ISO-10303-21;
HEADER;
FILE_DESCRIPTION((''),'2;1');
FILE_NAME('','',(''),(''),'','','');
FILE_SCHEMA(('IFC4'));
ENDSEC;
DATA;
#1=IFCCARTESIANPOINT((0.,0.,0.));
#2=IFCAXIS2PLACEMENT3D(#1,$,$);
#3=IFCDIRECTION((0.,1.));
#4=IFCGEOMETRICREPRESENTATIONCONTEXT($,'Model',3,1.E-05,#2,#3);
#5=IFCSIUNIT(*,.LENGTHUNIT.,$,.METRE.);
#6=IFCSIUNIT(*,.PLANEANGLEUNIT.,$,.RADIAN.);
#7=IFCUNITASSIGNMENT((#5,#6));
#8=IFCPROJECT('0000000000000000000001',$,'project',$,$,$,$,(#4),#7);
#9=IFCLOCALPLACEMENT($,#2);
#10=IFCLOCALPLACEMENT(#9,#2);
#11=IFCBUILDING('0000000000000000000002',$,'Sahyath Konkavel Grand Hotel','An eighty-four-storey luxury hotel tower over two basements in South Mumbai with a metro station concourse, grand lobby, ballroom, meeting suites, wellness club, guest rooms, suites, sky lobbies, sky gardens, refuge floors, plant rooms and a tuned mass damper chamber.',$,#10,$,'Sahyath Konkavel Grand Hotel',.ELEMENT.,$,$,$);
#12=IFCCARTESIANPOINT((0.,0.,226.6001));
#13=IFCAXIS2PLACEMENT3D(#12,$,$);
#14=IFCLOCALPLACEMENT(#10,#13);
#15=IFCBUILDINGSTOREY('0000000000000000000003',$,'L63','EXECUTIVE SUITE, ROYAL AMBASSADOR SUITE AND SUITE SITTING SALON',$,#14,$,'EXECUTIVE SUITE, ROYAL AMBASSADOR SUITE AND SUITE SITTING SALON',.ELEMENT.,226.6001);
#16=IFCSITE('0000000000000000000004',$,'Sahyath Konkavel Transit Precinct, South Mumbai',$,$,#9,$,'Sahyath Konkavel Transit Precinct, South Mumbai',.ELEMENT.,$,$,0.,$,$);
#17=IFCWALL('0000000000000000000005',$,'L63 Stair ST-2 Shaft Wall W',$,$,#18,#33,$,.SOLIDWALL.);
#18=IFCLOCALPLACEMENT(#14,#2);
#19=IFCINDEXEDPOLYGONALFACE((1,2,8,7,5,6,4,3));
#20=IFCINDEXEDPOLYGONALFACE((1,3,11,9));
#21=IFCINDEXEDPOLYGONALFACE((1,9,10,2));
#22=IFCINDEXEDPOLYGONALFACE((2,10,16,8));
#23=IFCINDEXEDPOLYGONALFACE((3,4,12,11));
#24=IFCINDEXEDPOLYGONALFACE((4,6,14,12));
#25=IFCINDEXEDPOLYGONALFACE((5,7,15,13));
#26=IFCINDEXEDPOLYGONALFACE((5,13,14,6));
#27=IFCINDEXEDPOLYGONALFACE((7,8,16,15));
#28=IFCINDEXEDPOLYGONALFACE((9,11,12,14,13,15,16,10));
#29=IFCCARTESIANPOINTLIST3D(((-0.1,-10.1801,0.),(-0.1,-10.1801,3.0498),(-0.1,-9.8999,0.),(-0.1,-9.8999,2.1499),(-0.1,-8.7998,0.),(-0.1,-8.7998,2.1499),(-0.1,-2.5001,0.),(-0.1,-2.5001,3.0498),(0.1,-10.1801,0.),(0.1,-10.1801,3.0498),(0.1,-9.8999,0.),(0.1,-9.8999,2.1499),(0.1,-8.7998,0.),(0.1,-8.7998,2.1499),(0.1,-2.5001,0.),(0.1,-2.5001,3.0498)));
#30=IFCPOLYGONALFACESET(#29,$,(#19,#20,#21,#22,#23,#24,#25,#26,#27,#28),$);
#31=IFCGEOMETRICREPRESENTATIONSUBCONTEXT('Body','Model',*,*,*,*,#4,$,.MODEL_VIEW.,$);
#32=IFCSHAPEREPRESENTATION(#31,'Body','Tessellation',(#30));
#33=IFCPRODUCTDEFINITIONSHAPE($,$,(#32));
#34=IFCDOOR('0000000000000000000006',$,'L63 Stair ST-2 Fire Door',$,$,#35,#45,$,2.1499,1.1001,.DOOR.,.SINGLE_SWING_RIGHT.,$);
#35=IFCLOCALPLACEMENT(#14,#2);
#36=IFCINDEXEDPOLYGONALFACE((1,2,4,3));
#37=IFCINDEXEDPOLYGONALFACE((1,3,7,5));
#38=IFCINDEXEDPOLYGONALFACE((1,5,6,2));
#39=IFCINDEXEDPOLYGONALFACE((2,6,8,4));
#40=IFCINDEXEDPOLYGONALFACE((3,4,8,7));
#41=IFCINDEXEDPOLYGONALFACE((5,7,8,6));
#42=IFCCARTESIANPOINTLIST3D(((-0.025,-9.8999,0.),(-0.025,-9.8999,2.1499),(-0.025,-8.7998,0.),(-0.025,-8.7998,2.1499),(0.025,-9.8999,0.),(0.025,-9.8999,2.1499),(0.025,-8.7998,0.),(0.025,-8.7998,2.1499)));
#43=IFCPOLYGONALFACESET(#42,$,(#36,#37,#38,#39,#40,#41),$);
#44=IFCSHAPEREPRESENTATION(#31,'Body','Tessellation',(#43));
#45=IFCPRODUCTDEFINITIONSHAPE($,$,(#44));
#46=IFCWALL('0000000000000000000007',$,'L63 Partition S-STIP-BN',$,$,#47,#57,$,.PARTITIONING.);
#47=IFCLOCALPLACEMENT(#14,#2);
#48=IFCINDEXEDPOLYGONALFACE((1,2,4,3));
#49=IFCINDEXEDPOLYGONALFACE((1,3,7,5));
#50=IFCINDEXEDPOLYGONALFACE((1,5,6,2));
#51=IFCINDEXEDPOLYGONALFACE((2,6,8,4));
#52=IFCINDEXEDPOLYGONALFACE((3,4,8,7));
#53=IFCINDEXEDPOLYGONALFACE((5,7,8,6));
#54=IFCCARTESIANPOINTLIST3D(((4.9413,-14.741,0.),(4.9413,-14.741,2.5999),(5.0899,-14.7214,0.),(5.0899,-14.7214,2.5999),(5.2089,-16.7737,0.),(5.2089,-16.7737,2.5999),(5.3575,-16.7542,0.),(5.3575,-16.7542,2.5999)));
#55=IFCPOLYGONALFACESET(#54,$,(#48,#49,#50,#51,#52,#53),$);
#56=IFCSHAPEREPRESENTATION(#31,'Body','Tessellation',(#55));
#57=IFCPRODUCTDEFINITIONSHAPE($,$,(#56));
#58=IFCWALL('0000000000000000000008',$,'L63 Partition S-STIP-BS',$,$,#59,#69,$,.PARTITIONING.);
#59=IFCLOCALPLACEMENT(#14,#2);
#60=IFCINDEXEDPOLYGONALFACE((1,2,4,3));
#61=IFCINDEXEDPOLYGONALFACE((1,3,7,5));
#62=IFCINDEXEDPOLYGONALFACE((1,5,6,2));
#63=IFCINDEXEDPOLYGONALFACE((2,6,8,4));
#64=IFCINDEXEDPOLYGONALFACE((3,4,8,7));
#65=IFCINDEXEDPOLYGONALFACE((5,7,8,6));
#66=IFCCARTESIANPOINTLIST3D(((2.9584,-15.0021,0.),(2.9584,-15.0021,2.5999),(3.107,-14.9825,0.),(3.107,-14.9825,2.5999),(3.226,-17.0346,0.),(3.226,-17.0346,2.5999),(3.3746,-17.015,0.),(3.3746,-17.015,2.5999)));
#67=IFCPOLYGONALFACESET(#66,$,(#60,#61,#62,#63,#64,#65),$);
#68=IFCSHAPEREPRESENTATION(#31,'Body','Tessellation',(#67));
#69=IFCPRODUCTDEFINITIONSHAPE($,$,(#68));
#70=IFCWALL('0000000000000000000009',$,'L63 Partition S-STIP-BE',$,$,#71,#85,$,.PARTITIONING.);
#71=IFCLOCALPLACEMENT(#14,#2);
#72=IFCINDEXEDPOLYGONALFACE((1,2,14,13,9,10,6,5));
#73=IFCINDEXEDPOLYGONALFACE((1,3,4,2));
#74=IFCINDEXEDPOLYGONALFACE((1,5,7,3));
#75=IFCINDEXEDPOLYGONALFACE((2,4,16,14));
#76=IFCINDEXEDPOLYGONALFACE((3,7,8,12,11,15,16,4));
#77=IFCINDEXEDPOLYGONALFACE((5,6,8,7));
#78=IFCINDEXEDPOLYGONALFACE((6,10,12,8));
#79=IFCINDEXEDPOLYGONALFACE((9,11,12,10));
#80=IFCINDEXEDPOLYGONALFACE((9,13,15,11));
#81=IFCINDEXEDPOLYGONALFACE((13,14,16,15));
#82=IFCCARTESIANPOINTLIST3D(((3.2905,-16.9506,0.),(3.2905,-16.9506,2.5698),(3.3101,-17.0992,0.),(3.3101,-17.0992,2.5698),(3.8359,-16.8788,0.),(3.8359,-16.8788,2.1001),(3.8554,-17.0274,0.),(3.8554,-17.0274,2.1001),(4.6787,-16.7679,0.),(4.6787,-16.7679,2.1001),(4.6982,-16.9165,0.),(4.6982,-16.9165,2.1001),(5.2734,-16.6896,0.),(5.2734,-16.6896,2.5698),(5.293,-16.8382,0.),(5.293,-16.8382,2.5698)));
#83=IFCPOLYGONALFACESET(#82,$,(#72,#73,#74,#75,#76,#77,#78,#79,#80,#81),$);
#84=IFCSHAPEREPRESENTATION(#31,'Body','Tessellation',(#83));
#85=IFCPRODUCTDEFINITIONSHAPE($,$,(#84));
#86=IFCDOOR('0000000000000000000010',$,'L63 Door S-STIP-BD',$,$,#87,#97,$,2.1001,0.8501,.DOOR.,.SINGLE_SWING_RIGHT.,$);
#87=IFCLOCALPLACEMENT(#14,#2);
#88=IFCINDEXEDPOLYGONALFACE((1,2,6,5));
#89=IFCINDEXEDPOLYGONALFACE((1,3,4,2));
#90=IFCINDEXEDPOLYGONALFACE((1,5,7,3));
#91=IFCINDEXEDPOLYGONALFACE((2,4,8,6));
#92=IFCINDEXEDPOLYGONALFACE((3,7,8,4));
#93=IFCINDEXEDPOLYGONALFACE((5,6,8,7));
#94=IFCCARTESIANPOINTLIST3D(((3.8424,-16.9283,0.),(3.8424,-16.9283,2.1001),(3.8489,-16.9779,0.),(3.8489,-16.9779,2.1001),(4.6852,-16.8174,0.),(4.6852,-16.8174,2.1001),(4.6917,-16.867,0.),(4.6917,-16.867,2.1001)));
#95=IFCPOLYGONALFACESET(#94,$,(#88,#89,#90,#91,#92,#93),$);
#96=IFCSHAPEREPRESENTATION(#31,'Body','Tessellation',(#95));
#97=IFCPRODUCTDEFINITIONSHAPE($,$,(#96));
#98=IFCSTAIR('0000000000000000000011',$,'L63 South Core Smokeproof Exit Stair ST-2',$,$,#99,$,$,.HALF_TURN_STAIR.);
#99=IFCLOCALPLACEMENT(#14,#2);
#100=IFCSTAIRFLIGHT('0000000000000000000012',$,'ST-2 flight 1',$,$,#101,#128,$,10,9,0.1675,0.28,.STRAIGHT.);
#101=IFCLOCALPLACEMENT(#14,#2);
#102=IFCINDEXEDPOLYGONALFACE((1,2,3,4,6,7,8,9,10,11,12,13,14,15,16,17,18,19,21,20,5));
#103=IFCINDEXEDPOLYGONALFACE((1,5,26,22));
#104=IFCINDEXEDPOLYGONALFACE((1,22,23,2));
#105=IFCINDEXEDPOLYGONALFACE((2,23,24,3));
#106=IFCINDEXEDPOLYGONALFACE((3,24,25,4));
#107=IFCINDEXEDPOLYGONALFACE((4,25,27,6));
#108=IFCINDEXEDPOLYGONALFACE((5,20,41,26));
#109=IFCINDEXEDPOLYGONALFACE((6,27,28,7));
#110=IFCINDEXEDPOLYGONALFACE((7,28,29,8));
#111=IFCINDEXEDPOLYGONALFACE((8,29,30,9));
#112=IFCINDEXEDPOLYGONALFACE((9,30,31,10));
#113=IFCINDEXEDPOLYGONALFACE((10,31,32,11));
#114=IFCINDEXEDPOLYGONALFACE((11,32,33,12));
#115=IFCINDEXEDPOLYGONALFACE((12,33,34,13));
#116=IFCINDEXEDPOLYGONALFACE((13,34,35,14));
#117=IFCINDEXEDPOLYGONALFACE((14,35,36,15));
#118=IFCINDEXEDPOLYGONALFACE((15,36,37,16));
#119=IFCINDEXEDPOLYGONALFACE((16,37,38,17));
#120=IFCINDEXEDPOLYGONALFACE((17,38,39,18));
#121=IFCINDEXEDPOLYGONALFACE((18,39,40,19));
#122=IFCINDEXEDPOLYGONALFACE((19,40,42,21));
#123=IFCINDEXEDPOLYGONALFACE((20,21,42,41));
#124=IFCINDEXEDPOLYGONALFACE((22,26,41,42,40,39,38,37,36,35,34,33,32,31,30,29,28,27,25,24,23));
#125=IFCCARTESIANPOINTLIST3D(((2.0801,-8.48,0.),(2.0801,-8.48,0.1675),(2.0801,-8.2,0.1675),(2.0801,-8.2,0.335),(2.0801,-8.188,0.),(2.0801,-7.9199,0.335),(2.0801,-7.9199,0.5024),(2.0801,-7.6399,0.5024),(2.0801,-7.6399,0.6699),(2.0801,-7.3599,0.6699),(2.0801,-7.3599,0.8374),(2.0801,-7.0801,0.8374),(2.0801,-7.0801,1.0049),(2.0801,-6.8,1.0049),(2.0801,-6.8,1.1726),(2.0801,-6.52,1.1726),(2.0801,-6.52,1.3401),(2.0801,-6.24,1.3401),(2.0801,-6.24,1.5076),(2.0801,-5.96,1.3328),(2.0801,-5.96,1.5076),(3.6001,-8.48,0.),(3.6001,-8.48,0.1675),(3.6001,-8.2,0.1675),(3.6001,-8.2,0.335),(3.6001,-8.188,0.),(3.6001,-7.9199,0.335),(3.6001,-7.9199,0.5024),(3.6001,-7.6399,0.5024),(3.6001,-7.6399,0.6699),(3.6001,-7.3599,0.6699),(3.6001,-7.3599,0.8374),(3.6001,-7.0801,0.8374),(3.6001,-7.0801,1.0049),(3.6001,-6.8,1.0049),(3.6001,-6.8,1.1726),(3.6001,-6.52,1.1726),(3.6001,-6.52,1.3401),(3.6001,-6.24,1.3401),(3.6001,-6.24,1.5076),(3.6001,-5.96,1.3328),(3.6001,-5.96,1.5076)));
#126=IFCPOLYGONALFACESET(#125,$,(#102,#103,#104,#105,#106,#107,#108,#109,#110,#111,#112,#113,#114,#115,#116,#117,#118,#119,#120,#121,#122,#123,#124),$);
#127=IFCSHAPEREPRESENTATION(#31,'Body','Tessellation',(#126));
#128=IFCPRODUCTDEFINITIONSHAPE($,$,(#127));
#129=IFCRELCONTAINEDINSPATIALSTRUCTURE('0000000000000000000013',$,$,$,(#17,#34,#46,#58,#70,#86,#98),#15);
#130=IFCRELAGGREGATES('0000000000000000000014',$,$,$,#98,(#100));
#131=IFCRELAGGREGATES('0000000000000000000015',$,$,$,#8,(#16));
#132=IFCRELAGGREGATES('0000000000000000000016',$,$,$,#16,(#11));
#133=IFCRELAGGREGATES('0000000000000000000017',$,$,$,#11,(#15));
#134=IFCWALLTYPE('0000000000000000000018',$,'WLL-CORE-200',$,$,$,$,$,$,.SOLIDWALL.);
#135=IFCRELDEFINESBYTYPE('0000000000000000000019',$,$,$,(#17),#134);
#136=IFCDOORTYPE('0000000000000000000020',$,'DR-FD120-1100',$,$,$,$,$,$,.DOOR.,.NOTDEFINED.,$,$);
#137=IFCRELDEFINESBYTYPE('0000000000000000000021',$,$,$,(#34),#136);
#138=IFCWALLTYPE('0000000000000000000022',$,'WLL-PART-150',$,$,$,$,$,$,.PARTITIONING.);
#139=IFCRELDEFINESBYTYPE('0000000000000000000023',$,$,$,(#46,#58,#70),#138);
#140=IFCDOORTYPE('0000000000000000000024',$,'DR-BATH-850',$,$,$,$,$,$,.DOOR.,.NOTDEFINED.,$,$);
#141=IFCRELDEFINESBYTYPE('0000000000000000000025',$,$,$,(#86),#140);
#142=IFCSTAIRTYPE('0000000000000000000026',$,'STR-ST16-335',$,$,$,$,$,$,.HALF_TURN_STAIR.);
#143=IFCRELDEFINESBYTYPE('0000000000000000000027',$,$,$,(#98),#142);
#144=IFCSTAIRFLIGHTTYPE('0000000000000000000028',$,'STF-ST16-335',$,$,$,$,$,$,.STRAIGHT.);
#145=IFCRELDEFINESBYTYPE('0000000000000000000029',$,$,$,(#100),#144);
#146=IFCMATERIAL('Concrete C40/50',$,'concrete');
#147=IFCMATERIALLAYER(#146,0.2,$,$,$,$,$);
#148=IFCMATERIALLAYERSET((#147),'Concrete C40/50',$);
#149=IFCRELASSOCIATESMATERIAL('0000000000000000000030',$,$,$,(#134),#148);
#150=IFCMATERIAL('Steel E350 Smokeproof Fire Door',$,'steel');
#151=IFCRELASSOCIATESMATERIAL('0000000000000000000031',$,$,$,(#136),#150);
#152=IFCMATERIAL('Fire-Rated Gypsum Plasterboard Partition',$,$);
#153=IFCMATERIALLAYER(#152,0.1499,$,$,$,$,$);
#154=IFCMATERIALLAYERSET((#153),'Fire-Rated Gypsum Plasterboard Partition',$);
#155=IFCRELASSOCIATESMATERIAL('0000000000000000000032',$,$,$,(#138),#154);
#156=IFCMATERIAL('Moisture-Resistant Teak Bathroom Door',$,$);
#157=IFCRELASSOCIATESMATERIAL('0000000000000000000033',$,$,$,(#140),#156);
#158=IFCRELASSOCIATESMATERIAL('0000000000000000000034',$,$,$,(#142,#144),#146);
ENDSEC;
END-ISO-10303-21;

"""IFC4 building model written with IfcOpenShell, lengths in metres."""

from ifc_helpers import new_model, si_unit, direction, frame, frame_2d, origin, origin_2d, place, context, subcontext, project, spatial, polyline, rectangle, outline, extrude, source, transform, mapped, material, layer, layer_set, type_object, element, fill, aggregate, save


model = new_model("IFC4")

# Units and contexts
model_context = context("Model", 3, precision=1e-05, world=origin(), true_north=direction((0.0, 1.0)))
body_context = subcontext(model_context, "Body", "Model", "MODEL_VIEW")
ifc_project = project(units=[si_unit("LENGTHUNIT", "METRE"), si_unit("PLANEANGLEUNIT", "RADIAN")], contexts=[model_context])

# Site, building, storey
site_placement = place(None, origin())
site = spatial("IfcSite", under=ifc_project, at=site_placement, Name="Sahyath Konkavel Transit Precinct, South Mumbai", LongName="Sahyath Konkavel Transit Precinct, South Mumbai", CompositionType="ELEMENT", RefElevation=0.0)
building_placement = place(site_placement, origin())
building = spatial("IfcBuilding", under=site, at=building_placement, Name="Sahyath Konkavel Grand Hotel", Description="An eighty-four-storey luxury hotel tower over two basements in South Mumbai with a metro station concourse, grand lobby, ballroom, meeting suites, wellness club, guest rooms, suites, sky lobbies, sky gardens, refuge floors, plant rooms and a tuned mass damper chamber.", LongName="Sahyath Konkavel Grand Hotel", CompositionType="ELEMENT")
storey_placement = place(building_placement, frame((0.0, 0.0, 226.6001)))
storey = spatial("IfcBuildingStorey", under=building, at=storey_placement, Name="L63", Description="EXECUTIVE SUITE, ROYAL AMBASSADOR SUITE AND SUITE SITTING SALON", LongName="EXECUTIVE SUITE, ROYAL AMBASSADOR SUITE AND SUITE SITTING SALON", CompositionType="ELEMENT", Elevation=226.6001)

# Shared definitions
ifc_material_1 = material(Name="Concrete C40/50", Category="concrete")

# Wall, opening, door
ifc_layer_1 = layer(ifc_material_1, 0.2)
ifc_layer_set_1 = layer_set([ifc_layer_1], Name="Concrete C40/50")
wall_type_1 = type_object("IfcWallType", Name="WLL-CORE-200", PredefinedType="SOLIDWALL", material=ifc_layer_set_1)
wall_1_placement = place(storey_placement, frame((0.0, -10.1799, 0.0), z_axis=(0.0, 0.0, 1.0), x_axis=(0.0, 1.0, 0.0)))
wall_1 = element("IfcWall", 1, at=wall_1_placement, inside=storey, type_object=wall_type_1, Name="L63 Stair ST-2 Shaft Wall W", PredefinedType="SOLIDWALL", context=body_context, shape_type="SweptSolid", body=[
    extrude(rectangle(XDim=7.6799, YDim=0.2, at=frame_2d((3.8398, 0.0))), origin(), (0.0, 0.0, 1.0), 3.0498),
])
opening_1_placement = place(wall_1_placement, frame((0.28, 0.0, 0.0)))
opening_1 = element("IfcOpeningElement", 2, at=opening_1_placement, cuts=wall_1, PredefinedType="OPENING", context=body_context, shape_type="SweptSolid", body=[
    extrude(rectangle(XDim=1.1001, YDim=2.1499, at=frame_2d((0.55, 1.075))), frame((0.0, 0.1099, 0.0), z_axis=(0.0, -1.0, 0.0), x_axis=(1.0, 0.0, 0.0)), (0.0, 0.0, 1.0), 0.22),
])
ifc_material_2 = material(Name="Steel E350 Smokeproof Fire Door", Category="steel")
door_type_1 = type_object("IfcDoorType", Name="DR-FD120-1100", OperationType="NOTDEFINED", PredefinedType="DOOR", material=ifc_material_2)
shared_shape_1 = source(origin(), body_context, "Body", "SweptSolid", [
    extrude(rectangle(XDim=1.1001, YDim=0.05, at=origin_2d()), origin(), (0.0, 0.0, 1.0), 2.1499),
])
door_1_placement = place(opening_1_placement, frame((0.55, 0.0, 0.0)))
door_1 = element("IfcDoor", 3, at=door_1_placement, inside=storey, type_object=door_type_1, Name="L63 Stair ST-2 Fire Door", OperationType="SINGLE_SWING_RIGHT", OverallHeight=2.1499, OverallWidth=1.1001, PredefinedType="DOOR", context=body_context, shape_type="MappedRepresentation", body=[
    mapped(shared_shape_1, transform((0.0, 0.0, 0.0), scale=1.0)),
])
fill(opening_1, door_1)

# Walls
ifc_material_3 = material(Name="Fire-Rated Gypsum Plasterboard Partition")
ifc_layer_2 = layer(ifc_material_3, 0.1499)
ifc_layer_set_2 = layer_set([ifc_layer_2], Name="Fire-Rated Gypsum Plasterboard Partition")
wall_type_2 = type_object("IfcWallType", Name="WLL-PART-150", PredefinedType="PARTITIONING", material=ifc_layer_set_2)
wall_2_placement = place(storey_placement, frame((5.0156, -14.7312, 0.0), z_axis=(0.0, 0.0, 1.0), x_axis=(0.13051, -0.991447, 0.0)))
element("IfcWall", 4, at=wall_2_placement, inside=storey, type_object=wall_type_2, Name="L63 Partition S-STIP-BN", PredefinedType="PARTITIONING", context=body_context, shape_type="SweptSolid", body=[
    extrude(rectangle(XDim=2.0503, YDim=0.1499, at=frame_2d((1.0251, 0.0))), origin(), (0.0, 0.0, 1.0), 2.5999),
])
wall_3_placement = place(storey_placement, frame((3.0327, -14.9924, 0.0), z_axis=(0.0, 0.0, 1.0), x_axis=(0.130525, -0.991445, 0.0)))
element("IfcWall", 5, at=wall_3_placement, inside=storey, type_object=wall_type_2, Name="L63 Partition S-STIP-BS", PredefinedType="PARTITIONING", context=body_context, shape_type="SweptSolid", body=[
    extrude(rectangle(XDim=2.05, YDim=0.1499, at=frame_2d((1.0249, 0.0))), origin(), (0.0, 0.0, 1.0), 2.5999),
])

# Wall, opening, door
wall_4_placement = place(storey_placement, frame((3.3003, -17.0249, 0.0), z_axis=(0.0, 0.0, 1.0), x_axis=(0.991449, 0.130492, 0.0)))
wall_4 = element("IfcWall", 6, at=wall_4_placement, inside=storey, type_object=wall_type_2, Name="L63 Partition S-STIP-BE", PredefinedType="PARTITIONING", context=body_context, shape_type="SweptSolid", body=[
    extrude(rectangle(XDim=2.0, YDim=0.1499, at=frame_2d((1.0, 0.0))), origin(), (0.0, 0.0, 1.0), 2.5698),
])
opening_2_placement = place(wall_4_placement, frame((0.55, 0.0, 0.0)))
opening_2 = element("IfcOpeningElement", 7, at=opening_2_placement, cuts=wall_4, PredefinedType="OPENING", context=body_context, shape_type="SweptSolid", body=[
    extrude(rectangle(XDim=0.8501, YDim=2.1001, at=frame_2d((0.425, 1.05))), frame((0.0, 0.085, 0.0), z_axis=(0.0, -1.0, 0.0), x_axis=(1.0, 0.0, 0.0)), (0.0, 0.0, 1.0), 0.1699),
])
ifc_material_4 = material(Name="Moisture-Resistant Teak Bathroom Door")
door_type_2 = type_object("IfcDoorType", Name="DR-BATH-850", OperationType="NOTDEFINED", PredefinedType="DOOR", material=ifc_material_4)
shared_shape_2 = source(origin(), body_context, "Body", "SweptSolid", [
    extrude(rectangle(XDim=0.8501, YDim=0.05, at=origin_2d()), origin(), (0.0, 0.0, 1.0), 2.1001),
])
door_2_placement = place(opening_2_placement, frame((0.425, 0.0, 0.0)))
door_2 = element("IfcDoor", 8, at=door_2_placement, inside=storey, type_object=door_type_2, Name="L63 Door S-STIP-BD", OperationType="SINGLE_SWING_RIGHT", OverallHeight=2.1001, OverallWidth=0.8501, PredefinedType="DOOR", context=body_context, shape_type="MappedRepresentation", body=[
    mapped(shared_shape_2, transform((0.0, 0.0, 0.0), scale=1.0)),
])
fill(opening_2, door_2)

# Stair, stair flight
stair_type = type_object("IfcStairType", Name="STR-ST16-335", PredefinedType="HALF_TURN_STAIR", material=ifc_material_1)
stair_placement = place(storey_placement, origin())
stair = element("IfcStair", 9, at=stair_placement, inside=storey, type_object=stair_type, Name="L63 South Core Smokeproof Exit Stair ST-2", PredefinedType="HALF_TURN_STAIR")
stair_flight_type = type_object("IfcStairFlightType", Name="STF-ST16-335", PredefinedType="STRAIGHT", material=ifc_material_1)
stair_flight_placement = place(storey_placement, frame((2.8401, -8.48, 0.0), z_axis=(0.0, 0.0, 1.0), x_axis=(0.0, 1.0, 0.0)))
stair_flight = element("IfcStairFlight", 10, at=stair_flight_placement, type_object=stair_flight_type, Name="ST-2 flight 1", NumberOfRisers=10, NumberOfTreads=9, PredefinedType="STRAIGHT", RiserHeight=0.1675, TreadLength=0.28, context=body_context, shape_type="SweptSolid", body=[
    extrude(outline(polyline([(0.0, 0.0), (0.0, 0.1675), (0.28, 0.1675), (0.28, 0.335), (0.5601, 0.335), (0.5601, 0.5024), (0.8401, 0.5024), (0.8401, 0.6699), (1.1201, 0.6699), (1.1201, 0.8374), (1.3999, 0.8374), (1.3999, 1.0049), (1.6799, 1.0049), (1.6799, 1.1726), (1.96, 1.1726), (1.96, 1.3401), (2.24, 1.3401), (2.24, 1.5076), (2.52, 1.5076), (2.52, 1.675), (2.52, 1.3328), (0.292, 0.0), (0.0, 0.0)])), frame((0.0, 0.76, 0.0), z_axis=(0.0, -1.0, 0.0), x_axis=(1.0, 0.0, 0.0)), (0.0, 0.0, 1.0), 1.52),
])
aggregate(stair, [stair_flight])

save(model, "model.ifc")
